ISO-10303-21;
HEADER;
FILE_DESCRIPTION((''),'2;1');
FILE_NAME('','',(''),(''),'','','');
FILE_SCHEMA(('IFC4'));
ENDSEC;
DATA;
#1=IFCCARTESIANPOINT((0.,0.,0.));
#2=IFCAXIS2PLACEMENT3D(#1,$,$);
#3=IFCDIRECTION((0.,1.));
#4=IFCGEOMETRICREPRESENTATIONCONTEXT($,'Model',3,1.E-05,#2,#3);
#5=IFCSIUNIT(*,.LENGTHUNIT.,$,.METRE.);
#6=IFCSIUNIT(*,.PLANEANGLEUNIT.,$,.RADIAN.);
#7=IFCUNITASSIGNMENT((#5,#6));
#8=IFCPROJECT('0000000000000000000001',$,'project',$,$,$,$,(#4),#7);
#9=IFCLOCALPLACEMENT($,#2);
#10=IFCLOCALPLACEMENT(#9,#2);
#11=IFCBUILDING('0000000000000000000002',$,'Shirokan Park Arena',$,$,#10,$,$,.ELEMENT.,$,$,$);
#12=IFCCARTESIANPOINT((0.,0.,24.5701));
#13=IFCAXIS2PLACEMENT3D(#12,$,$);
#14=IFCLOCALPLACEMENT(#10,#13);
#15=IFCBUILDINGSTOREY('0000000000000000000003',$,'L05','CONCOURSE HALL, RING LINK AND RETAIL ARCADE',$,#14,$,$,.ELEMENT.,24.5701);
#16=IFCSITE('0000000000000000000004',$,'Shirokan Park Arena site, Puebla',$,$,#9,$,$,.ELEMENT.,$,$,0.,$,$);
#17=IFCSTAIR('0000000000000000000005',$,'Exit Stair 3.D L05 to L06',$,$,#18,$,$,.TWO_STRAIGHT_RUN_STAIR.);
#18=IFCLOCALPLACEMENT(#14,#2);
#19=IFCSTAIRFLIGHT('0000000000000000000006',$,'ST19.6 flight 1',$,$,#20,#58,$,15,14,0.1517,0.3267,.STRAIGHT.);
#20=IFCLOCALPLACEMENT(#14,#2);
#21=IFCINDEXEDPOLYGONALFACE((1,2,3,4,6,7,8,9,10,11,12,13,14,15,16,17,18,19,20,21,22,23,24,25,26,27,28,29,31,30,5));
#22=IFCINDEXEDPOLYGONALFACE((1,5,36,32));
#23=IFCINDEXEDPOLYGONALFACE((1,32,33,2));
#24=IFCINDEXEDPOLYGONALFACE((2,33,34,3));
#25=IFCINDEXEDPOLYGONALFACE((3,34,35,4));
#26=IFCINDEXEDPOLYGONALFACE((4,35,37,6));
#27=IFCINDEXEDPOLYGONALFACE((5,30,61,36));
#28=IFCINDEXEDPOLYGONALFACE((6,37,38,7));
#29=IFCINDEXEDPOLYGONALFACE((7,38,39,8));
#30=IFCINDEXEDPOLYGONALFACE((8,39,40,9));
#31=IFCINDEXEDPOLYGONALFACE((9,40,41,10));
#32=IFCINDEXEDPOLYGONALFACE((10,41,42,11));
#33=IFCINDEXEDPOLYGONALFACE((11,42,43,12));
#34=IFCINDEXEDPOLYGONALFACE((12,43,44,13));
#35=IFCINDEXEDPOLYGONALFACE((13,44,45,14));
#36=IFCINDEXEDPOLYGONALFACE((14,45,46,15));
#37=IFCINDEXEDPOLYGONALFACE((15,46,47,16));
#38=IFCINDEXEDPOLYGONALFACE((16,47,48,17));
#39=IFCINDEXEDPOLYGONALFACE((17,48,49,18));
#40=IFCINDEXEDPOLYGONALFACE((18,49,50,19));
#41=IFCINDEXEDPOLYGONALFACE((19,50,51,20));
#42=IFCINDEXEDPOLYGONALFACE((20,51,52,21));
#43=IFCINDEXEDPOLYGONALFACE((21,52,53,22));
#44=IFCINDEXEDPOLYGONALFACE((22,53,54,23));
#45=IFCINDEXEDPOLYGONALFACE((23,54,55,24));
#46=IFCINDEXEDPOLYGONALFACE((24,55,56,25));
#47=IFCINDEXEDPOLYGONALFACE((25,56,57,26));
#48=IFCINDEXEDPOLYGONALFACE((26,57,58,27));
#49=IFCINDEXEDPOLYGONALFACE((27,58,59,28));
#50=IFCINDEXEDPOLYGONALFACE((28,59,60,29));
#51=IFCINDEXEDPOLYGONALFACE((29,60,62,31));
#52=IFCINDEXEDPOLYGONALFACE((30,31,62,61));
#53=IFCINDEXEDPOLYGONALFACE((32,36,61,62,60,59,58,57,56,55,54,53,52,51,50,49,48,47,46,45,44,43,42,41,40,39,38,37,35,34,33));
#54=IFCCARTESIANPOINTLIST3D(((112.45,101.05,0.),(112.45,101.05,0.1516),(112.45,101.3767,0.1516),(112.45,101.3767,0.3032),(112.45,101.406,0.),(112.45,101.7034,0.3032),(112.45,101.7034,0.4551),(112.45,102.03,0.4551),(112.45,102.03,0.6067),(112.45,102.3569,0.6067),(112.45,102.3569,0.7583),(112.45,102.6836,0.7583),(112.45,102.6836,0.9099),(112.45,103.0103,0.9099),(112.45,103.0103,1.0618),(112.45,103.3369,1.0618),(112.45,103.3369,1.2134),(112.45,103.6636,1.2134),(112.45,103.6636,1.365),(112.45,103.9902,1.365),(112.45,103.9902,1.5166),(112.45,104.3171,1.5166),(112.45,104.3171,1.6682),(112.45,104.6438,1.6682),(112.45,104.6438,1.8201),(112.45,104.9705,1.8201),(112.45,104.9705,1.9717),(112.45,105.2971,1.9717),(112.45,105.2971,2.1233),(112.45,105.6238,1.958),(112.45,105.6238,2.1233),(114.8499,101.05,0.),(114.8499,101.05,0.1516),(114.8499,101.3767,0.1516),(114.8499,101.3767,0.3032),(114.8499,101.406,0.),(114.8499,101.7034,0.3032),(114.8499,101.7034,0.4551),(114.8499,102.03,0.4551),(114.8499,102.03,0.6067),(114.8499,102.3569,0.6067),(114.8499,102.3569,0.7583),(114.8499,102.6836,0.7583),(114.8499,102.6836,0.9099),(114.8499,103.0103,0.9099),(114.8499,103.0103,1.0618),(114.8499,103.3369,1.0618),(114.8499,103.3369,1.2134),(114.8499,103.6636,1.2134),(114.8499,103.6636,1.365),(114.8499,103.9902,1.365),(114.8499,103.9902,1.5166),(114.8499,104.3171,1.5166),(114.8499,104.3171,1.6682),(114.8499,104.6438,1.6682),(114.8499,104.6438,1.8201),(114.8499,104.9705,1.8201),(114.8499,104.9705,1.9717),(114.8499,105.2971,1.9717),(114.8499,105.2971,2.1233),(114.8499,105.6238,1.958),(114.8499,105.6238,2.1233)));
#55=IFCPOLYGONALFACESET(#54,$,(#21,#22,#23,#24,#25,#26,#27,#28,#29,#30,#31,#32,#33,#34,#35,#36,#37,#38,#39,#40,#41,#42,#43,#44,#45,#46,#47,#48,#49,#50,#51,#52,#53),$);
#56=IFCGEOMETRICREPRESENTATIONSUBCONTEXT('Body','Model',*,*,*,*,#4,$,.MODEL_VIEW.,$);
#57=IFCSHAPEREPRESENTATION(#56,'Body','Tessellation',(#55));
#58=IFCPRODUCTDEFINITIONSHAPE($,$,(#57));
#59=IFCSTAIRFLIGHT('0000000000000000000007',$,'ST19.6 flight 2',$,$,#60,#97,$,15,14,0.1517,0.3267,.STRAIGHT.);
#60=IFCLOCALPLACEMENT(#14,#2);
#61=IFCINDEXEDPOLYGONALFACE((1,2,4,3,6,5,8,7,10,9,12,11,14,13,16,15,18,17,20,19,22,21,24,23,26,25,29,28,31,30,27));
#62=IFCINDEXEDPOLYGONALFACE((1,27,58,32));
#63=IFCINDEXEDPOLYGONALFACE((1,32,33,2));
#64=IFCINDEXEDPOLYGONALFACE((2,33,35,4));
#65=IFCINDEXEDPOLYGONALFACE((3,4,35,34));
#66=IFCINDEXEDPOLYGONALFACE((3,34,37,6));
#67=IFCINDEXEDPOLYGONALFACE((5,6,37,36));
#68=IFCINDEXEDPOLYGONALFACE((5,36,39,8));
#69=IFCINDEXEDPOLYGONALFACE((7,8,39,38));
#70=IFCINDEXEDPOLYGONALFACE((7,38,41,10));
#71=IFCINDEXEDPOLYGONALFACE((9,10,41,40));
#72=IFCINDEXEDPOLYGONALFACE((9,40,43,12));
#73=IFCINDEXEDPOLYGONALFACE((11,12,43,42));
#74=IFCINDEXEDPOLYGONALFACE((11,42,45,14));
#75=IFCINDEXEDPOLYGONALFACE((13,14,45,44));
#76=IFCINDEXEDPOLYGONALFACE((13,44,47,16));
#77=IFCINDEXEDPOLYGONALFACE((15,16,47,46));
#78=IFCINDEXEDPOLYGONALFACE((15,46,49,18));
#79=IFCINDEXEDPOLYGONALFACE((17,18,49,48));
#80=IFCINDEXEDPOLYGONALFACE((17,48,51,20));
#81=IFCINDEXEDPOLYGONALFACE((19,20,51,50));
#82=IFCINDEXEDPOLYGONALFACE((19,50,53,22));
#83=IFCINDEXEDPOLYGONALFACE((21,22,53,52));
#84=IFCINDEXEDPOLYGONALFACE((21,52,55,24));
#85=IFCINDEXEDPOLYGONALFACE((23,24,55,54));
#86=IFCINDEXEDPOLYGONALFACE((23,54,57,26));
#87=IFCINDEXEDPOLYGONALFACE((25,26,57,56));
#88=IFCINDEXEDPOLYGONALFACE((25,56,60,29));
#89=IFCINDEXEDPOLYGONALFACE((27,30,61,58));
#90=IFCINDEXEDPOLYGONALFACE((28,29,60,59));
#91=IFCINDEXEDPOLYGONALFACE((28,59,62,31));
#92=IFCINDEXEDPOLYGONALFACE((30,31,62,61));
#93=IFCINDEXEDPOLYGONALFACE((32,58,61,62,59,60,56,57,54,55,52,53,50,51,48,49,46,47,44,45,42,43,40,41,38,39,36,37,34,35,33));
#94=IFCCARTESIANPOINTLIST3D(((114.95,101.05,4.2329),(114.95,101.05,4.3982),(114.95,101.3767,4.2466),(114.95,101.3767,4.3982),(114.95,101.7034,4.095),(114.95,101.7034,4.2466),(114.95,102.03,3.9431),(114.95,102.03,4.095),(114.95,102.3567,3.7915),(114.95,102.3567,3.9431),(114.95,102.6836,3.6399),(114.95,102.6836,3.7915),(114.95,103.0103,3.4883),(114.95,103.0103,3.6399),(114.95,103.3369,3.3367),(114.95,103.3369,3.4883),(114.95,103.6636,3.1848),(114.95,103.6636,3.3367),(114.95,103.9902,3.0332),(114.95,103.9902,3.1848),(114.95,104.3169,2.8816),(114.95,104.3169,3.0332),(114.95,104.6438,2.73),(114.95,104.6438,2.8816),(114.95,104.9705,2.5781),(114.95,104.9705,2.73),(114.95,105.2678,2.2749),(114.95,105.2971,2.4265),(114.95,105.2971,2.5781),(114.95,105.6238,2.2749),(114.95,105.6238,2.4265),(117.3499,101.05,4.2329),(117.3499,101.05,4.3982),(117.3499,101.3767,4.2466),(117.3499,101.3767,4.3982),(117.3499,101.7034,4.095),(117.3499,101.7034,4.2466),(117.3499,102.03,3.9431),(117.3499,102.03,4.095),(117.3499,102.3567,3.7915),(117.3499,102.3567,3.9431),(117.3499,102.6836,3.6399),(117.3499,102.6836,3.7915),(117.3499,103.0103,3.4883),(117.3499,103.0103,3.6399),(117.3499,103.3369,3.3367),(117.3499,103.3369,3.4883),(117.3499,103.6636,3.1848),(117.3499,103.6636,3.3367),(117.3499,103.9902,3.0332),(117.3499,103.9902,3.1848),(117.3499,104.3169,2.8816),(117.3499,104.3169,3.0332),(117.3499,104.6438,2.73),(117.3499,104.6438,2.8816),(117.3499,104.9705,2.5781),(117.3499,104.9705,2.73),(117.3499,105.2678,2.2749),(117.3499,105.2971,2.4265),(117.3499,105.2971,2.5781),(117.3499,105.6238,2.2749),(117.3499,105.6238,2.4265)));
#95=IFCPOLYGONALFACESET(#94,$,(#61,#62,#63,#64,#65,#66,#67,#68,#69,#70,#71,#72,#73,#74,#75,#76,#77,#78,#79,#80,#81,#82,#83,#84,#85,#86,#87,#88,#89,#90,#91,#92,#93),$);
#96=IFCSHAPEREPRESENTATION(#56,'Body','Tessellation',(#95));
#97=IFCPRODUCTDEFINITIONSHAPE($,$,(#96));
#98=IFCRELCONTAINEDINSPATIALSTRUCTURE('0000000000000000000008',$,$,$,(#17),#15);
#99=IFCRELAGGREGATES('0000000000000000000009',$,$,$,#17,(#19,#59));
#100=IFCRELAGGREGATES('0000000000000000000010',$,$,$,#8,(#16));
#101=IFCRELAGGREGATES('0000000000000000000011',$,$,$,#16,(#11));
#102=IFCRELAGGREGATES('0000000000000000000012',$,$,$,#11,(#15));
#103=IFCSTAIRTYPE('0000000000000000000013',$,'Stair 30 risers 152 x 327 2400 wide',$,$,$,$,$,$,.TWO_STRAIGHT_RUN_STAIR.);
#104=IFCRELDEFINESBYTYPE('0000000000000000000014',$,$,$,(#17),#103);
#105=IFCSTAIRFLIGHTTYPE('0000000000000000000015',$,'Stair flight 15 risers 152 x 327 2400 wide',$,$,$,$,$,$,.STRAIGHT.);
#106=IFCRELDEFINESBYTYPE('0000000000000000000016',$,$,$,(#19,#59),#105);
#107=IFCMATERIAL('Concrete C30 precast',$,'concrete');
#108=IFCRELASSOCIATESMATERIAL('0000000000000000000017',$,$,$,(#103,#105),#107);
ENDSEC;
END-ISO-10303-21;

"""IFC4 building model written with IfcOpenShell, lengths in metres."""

from ifc_helpers import new_model, si_unit, direction, frame, origin, place, context, subcontext, project, spatial, polyline, outline, extrude, material, type_object, element, aggregate, save


model = new_model("IFC4")

# Units and contexts
model_context = context("Model", 3, precision=1e-05, world=origin(), true_north=direction((0.0, 1.0)))
body_context = subcontext(model_context, "Body", "Model", "MODEL_VIEW")
ifc_project = project(units=[si_unit("LENGTHUNIT", "METRE"), si_unit("PLANEANGLEUNIT", "RADIAN")], contexts=[model_context])

# Site, building, storey
site_placement = place(None, origin())
site = spatial("IfcSite", under=ifc_project, at=site_placement, Name="Shirokan Park Arena site, Puebla", CompositionType="ELEMENT", RefElevation=0.0)
building_placement = place(site_placement, origin())
building = spatial("IfcBuilding", under=site, at=building_placement, Name="Shirokan Park Arena", CompositionType="ELEMENT")
storey_placement = place(building_placement, frame((0.0, 0.0, 24.5701)))
storey = spatial("IfcBuildingStorey", under=building, at=storey_placement, Name="L05", Description="CONCOURSE HALL, RING LINK AND RETAIL ARCADE", CompositionType="ELEMENT", Elevation=24.5701)

# Stair, stair flights
ifc_material_1 = material(Name="Concrete C30 precast", Category="concrete")
stair_type = type_object("IfcStairType", Name="Stair 30 risers 152 x 327 2400 wide", PredefinedType="TWO_STRAIGHT_RUN_STAIR", material=ifc_material_1)
stair_placement = place(storey_placement, origin())
stair = element("IfcStair", 1, at=stair_placement, inside=storey, type_object=stair_type, Name="Exit Stair 3.D L05 to L06", PredefinedType="TWO_STRAIGHT_RUN_STAIR")
stair_flight_type = type_object("IfcStairFlightType", Name="Stair flight 15 risers 152 x 327 2400 wide", PredefinedType="STRAIGHT", material=ifc_material_1)
stair_flight_1_placement = place(storey_placement, frame((113.6499, 101.05, 0.0), z_axis=(0.0, 0.0, 1.0), x_axis=(0.0, 1.0, 0.0)))
stair_flight_1 = element("IfcStairFlight", 2, at=stair_flight_1_placement, type_object=stair_flight_type, Name="ST19.6 flight 1", NumberOfRisers=15, NumberOfTreads=14, PredefinedType="STRAIGHT", RiserHeight=0.1517, TreadLength=0.3267, context=body_context, shape_type="SweptSolid", body=[
    extrude(outline(polyline([(0.0, 0.0), (0.0, 0.1516), (0.3267, 0.1516), (0.3267, 0.3032), (0.6533, 0.3032), (0.6533, 0.4551), (0.98, 0.4551), (0.98, 0.6067), (1.3069, 0.6067), (1.3069, 0.7583), (1.6335, 0.7583), (1.6335, 0.9099), (1.9602, 0.9099), (1.9602, 1.0618), (2.2869, 1.0618), (2.2869, 1.2134), (2.6135, 1.2134), (2.6135, 1.365), (2.9402, 1.365), (2.9402, 1.5166), (3.2671, 1.5166), (3.2671, 1.6682), (3.5938, 1.6682), (3.5938, 1.8201), (3.9204, 1.8201), (3.9204, 1.9717), (4.2471, 1.9717), (4.2471, 2.1233), (4.5737, 2.1233), (4.5737, 2.2749), (4.5737, 1.958), (0.356, 0.0), (0.0, 0.0)])), frame((0.0, 1.2, 0.0), z_axis=(0.0, -1.0, 0.0), x_axis=(1.0, 0.0, 0.0)), (0.0, 0.0, 1.0), 2.3999),
])
stair_flight_2_placement = place(storey_placement, frame((116.1499, 105.6238, 2.2749), z_axis=(0.0, 0.0, 1.0), x_axis=(0.0, -1.0, 0.0)))
stair_flight_2 = element("IfcStairFlight", 3, at=stair_flight_2_placement, type_object=stair_flight_type, Name="ST19.6 flight 2", NumberOfRisers=15, NumberOfTreads=14, PredefinedType="STRAIGHT", RiserHeight=0.1517, TreadLength=0.3267, context=body_context, shape_type="SweptSolid", body=[
    extrude(outline(polyline([(0.0, 0.0), (0.0, 0.1516), (0.3267, 0.1516), (0.3267, 0.3032), (0.6533, 0.3032), (0.6533, 0.4551), (0.98, 0.4551), (0.98, 0.6067), (1.3069, 0.6067), (1.3069, 0.7583), (1.6335, 0.7583), (1.6335, 0.9099), (1.9602, 0.9099), (1.9602, 1.0618), (2.2869, 1.0618), (2.2869, 1.2134), (2.6135, 1.2134), (2.6135, 1.365), (2.9402, 1.365), (2.9402, 1.5166), (3.2671, 1.5166), (3.2671, 1.6682), (3.5938, 1.6682), (3.5938, 1.8201), (3.9204, 1.8201), (3.9204, 1.9717), (4.2471, 1.9717), (4.2471, 2.1233), (4.5737, 2.1233), (4.5737, 2.2749), (4.5737, 1.958), (0.356, 0.0), (0.0, 0.0)])), frame((0.0, 1.2, 0.0), z_axis=(0.0, -1.0, 0.0), x_axis=(1.0, 0.0, 0.0)), (0.0, 0.0, 1.0), 2.3999),
])
aggregate(stair, [stair_flight_1, stair_flight_2])

save(model, "model.ifc")
